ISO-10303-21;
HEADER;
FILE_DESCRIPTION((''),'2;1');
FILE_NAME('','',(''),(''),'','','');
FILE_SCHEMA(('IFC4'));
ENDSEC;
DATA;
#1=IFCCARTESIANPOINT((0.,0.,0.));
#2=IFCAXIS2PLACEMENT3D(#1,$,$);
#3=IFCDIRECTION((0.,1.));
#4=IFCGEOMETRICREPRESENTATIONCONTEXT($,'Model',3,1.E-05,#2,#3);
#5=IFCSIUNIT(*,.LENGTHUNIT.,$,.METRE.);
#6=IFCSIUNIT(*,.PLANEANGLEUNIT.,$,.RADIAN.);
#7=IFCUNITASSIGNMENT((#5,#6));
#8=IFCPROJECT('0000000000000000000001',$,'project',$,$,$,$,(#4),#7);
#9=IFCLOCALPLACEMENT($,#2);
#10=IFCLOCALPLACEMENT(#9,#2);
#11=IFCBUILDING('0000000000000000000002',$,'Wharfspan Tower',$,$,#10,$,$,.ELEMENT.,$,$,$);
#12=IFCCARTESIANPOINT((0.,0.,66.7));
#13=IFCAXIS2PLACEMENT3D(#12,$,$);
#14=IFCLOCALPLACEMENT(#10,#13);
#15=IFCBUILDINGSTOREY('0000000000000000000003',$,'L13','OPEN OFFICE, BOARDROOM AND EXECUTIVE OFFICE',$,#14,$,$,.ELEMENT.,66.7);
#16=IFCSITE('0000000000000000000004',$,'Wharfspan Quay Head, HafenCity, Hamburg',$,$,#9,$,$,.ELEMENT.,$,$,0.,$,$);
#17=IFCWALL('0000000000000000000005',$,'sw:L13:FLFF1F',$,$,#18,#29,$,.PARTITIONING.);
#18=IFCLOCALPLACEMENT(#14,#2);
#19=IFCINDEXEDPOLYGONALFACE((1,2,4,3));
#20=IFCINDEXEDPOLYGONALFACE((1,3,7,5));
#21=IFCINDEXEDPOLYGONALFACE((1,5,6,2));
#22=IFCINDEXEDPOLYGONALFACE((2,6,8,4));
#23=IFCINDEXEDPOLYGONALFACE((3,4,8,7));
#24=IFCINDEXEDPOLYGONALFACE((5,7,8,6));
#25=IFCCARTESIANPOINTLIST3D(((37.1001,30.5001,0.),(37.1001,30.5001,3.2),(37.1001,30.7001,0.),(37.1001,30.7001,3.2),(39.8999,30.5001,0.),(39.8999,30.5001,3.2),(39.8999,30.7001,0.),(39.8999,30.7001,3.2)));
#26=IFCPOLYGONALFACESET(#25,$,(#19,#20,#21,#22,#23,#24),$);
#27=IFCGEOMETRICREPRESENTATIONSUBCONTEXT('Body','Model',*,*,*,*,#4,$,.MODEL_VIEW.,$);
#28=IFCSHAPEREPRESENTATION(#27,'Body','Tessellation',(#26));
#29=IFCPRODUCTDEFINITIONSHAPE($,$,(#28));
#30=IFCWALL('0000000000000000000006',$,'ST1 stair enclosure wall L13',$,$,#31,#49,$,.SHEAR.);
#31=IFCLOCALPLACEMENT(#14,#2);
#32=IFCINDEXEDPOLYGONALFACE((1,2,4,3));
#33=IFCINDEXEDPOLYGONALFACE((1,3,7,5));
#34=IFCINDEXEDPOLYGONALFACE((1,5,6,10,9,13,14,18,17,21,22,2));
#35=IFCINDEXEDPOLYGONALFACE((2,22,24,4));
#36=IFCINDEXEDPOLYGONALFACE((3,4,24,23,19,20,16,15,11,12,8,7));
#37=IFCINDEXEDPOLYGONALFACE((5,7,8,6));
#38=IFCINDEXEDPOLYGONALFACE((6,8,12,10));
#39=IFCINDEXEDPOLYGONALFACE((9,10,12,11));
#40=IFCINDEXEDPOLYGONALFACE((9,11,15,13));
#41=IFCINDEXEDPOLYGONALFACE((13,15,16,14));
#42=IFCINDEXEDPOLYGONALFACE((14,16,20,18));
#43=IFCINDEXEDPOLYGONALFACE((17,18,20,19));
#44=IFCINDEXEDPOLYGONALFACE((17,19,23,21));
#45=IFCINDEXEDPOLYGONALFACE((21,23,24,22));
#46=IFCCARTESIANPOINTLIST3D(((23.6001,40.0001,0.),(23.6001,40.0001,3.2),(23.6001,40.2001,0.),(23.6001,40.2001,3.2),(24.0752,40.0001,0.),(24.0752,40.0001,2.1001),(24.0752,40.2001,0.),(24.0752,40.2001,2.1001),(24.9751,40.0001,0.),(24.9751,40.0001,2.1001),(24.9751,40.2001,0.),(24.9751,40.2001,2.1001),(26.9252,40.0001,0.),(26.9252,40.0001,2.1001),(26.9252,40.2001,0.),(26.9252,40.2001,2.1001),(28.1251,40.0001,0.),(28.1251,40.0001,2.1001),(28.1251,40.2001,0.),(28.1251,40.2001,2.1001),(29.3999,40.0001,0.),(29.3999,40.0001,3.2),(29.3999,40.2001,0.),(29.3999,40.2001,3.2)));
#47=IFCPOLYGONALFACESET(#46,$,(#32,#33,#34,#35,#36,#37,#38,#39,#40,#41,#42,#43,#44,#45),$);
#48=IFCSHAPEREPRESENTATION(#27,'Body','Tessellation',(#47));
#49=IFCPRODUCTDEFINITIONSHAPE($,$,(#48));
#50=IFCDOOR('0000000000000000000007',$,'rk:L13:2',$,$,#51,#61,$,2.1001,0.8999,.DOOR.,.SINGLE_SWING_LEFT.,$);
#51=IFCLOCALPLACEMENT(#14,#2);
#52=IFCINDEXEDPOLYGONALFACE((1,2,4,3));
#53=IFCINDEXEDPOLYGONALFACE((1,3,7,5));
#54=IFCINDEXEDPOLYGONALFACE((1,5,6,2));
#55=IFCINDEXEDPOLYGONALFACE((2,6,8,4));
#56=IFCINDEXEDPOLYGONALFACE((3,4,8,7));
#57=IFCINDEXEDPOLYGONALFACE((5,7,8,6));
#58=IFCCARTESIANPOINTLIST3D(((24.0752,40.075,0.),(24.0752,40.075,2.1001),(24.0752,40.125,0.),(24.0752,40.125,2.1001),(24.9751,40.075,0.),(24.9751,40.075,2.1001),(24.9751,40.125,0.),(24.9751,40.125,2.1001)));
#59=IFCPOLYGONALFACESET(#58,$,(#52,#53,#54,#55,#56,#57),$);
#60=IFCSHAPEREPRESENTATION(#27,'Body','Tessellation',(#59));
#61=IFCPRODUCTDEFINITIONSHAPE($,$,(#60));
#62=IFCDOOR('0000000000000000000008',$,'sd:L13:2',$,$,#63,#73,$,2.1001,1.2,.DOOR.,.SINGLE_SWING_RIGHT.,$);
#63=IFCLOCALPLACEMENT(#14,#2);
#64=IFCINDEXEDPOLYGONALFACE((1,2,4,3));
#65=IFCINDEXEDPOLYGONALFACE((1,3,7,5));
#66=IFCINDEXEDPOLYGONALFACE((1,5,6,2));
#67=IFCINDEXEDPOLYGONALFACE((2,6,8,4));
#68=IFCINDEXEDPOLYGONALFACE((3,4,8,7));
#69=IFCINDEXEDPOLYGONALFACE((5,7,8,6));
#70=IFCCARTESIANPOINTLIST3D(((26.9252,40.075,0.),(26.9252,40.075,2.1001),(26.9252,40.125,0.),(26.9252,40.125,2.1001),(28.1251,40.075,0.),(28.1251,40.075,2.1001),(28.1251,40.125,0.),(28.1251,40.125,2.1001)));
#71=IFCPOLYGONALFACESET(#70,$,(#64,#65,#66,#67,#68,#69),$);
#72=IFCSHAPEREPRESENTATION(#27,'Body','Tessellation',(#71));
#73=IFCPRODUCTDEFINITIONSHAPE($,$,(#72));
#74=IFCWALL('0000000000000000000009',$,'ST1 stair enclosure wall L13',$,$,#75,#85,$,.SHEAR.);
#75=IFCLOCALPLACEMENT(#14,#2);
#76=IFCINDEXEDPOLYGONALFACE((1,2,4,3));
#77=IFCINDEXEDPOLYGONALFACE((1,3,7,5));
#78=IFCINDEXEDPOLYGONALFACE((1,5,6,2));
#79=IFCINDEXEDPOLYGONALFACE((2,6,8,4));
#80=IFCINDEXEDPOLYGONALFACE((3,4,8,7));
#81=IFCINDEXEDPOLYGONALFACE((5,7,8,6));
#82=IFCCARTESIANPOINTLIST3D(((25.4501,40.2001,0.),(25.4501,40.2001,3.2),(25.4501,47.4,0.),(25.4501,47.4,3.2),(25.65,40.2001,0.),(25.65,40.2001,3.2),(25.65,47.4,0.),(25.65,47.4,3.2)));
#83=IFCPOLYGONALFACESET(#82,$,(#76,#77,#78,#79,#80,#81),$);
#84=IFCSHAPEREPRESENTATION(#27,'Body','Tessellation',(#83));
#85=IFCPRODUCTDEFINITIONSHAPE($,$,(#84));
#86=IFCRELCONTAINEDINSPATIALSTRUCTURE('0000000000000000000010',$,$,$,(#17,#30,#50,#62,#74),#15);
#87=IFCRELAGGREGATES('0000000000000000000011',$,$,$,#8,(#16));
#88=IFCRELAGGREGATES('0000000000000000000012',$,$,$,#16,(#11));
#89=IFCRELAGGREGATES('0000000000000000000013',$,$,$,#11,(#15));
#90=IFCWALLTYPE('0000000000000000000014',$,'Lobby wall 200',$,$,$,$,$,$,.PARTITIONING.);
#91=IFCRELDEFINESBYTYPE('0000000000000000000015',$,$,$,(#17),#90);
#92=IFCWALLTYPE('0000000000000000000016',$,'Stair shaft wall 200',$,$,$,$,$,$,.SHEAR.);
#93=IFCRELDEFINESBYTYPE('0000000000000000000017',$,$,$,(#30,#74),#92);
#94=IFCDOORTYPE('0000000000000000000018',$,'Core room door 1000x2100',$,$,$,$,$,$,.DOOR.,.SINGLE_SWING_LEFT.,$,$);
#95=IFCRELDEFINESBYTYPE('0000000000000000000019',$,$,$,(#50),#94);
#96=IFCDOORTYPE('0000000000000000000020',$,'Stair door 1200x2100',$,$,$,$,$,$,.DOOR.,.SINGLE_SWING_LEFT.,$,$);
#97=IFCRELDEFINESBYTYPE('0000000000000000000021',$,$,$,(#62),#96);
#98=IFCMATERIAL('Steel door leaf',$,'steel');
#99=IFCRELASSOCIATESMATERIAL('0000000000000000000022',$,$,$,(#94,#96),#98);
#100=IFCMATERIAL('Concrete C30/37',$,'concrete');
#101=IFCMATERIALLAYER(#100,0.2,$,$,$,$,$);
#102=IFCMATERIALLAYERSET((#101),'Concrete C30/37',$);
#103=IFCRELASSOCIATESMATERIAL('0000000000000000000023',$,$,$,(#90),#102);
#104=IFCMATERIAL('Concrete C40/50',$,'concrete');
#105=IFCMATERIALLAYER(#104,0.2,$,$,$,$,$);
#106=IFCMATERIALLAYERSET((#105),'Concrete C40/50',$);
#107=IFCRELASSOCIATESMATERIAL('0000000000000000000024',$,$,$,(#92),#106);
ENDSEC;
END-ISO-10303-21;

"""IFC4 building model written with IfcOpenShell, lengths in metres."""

from ifc_helpers import new_model, si_unit, direction, frame, frame_2d, origin, place, context, subcontext, project, spatial, rectangle, extrude, material, layer, layer_set, type_object, element, fill, save


model = new_model("IFC4")

# Units and contexts
model_context = context("Model", 3, precision=1e-05, world=origin(), true_north=direction((0.0, 1.0)))
body_context = subcontext(model_context, "Body", "Model", "MODEL_VIEW")
ifc_project = project(units=[si_unit("LENGTHUNIT", "METRE"), si_unit("PLANEANGLEUNIT", "RADIAN")], contexts=[model_context])

# Site, building, storey
site_placement = place(None, origin())
site = spatial("IfcSite", under=ifc_project, at=site_placement, Name="Wharfspan Quay Head, HafenCity, Hamburg", CompositionType="ELEMENT", RefElevation=0.0)
building_placement = place(site_placement, origin())
building = spatial("IfcBuilding", under=site, at=building_placement, Name="Wharfspan Tower", CompositionType="ELEMENT")
storey_placement = place(building_placement, frame((0.0, 0.0, 66.7)))
storey = spatial("IfcBuildingStorey", under=building, at=storey_placement, Name="L13", Description="OPEN OFFICE, BOARDROOM AND EXECUTIVE OFFICE", CompositionType="ELEMENT", Elevation=66.7)

# Shared definitions
ifc_material_1 = material(Name="Steel door leaf", Category="steel")
door_type_1 = type_object("IfcDoorType", Name="Core room door 1000x2100", OperationType="SINGLE_SWING_LEFT", PredefinedType="DOOR", material=ifc_material_1)

# Shared definitions
ifc_material_2 = material(Name="Concrete C30/37", Category="concrete")
ifc_layer_1 = layer(ifc_material_2, 0.2)
ifc_layer_set_1 = layer_set([ifc_layer_1], Name="Concrete C30/37")
wall_type_1 = type_object("IfcWallType", Name="Lobby wall 200", PredefinedType="PARTITIONING", material=ifc_layer_set_1)

# Wall
wall_1_placement = place(storey_placement, frame((37.1001, 30.6001, 0.0), z_axis=(0.0, 0.0, 1.0), x_axis=(1.0, 0.0, 0.0)))
element("IfcWall", 1, at=wall_1_placement, inside=storey, type_object=wall_type_1, Name="sw:L13:FLFF1F", PredefinedType="PARTITIONING", context=body_context, shape_type="SweptSolid", body=[
    extrude(rectangle(XDim=2.7998, YDim=0.2, at=frame_2d((1.3999, 0.0))), origin(), (0.0, 0.0, 1.0), 3.2),
])

# Wall, openings, doors
ifc_material_3 = material(Name="Concrete C40/50", Category="concrete")
ifc_layer_2 = layer(ifc_material_3, 0.2)
ifc_layer_set_2 = layer_set([ifc_layer_2], Name="Concrete C40/50")
wall_type_2 = type_object("IfcWallType", Name="Stair shaft wall 200", PredefinedType="SHEAR", material=ifc_layer_set_2)
wall_2_placement = place(storey_placement, frame((23.6001, 40.1001, 0.0), z_axis=(0.0, 0.0, 1.0), x_axis=(1.0, 0.0, 0.0)))
wall_2 = element("IfcWall", 2, at=wall_2_placement, inside=storey, type_object=wall_type_2, Name="ST1 stair enclosure wall L13", PredefinedType="SHEAR", context=body_context, shape_type="SweptSolid", body=[
    extrude(rectangle(XDim=5.7998, YDim=0.2, at=frame_2d((2.8999, 0.0))), origin(), (0.0, 0.0, 1.0), 3.2),
])
opening_1_placement = place(wall_2_placement, frame((3.325, 0.0, 0.0)))
opening_1 = element("IfcOpeningElement", 3, at=opening_1_placement, cuts=wall_2, PredefinedType="OPENING", context=body_context, shape_type="SweptSolid", body=[
    extrude(rectangle(XDim=1.2, YDim=2.1001, at=frame_2d((0.6001, 1.05))), frame((0.0, 0.1099, 0.0), z_axis=(0.0, -1.0, 0.0), x_axis=(1.0, 0.0, 0.0)), (0.0, 0.0, 1.0), 0.22),
])
opening_2_placement = place(wall_2_placement, frame((0.4751, 0.0, 0.0)))
opening_2 = element("IfcOpeningElement", 4, at=opening_2_placement, cuts=wall_2, PredefinedType="OPENING", context=body_context, shape_type="SweptSolid", body=[
    extrude(rectangle(XDim=0.8999, YDim=2.1001, at=frame_2d((0.45, 1.05))), frame((0.0, 0.1099, 0.0), z_axis=(0.0, -1.0, 0.0), x_axis=(1.0, 0.0, 0.0)), (0.0, 0.0, 1.0), 0.22),
])
door_1_placement = place(opening_2_placement, origin())
door_1 = element("IfcDoor", 5, at=door_1_placement, inside=storey, type_object=door_type_1, Name="rk:L13:2", OperationType="SINGLE_SWING_LEFT", OverallHeight=2.1001, OverallWidth=0.8999, PredefinedType="DOOR", context=body_context, shape_type="SweptSolid", body=[
    extrude(rectangle(XDim=0.8999, YDim=2.1001, at=frame_2d((0.45, 1.05))), frame((0.0, 0.0249, 0.0), z_axis=(0.0, -1.0, 0.0), x_axis=(1.0, 0.0, 0.0)), (0.0, 0.0, 1.0), 0.05),
])
fill(opening_2, door_1)
door_type_2 = type_object("IfcDoorType", Name="Stair door 1200x2100", OperationType="SINGLE_SWING_LEFT", PredefinedType="DOOR", material=ifc_material_1)
door_2_placement = place(opening_1_placement, origin())
door_2 = element("IfcDoor", 6, at=door_2_placement, inside=storey, type_object=door_type_2, Name="sd:L13:2", OperationType="SINGLE_SWING_RIGHT", OverallHeight=2.1001, OverallWidth=1.2, PredefinedType="DOOR", context=body_context, shape_type="SweptSolid", body=[
    extrude(rectangle(XDim=1.2, YDim=2.1001, at=frame_2d((0.6001, 1.05))), frame((0.0, 0.0249, 0.0), z_axis=(0.0, -1.0, 0.0), x_axis=(1.0, 0.0, 0.0)), (0.0, 0.0, 1.0), 0.05),
])
fill(opening_1, door_2)

# Wall
wall_3_placement = place(storey_placement, frame((25.55, 40.2, 0.0), z_axis=(0.0, 0.0, 1.0), x_axis=(0.0, 1.0, 0.0)))
element("IfcWall", 7, at=wall_3_placement, inside=storey, type_object=wall_type_2, Name="ST1 stair enclosure wall L13", PredefinedType="SHEAR", context=body_context, shape_type="SweptSolid", body=[
    extrude(rectangle(XDim=7.2, YDim=0.2, at=frame_2d((3.6001, 0.0))), origin(), (0.0, 0.0, 1.0), 3.2),
])

save(model, "model.ifc")
